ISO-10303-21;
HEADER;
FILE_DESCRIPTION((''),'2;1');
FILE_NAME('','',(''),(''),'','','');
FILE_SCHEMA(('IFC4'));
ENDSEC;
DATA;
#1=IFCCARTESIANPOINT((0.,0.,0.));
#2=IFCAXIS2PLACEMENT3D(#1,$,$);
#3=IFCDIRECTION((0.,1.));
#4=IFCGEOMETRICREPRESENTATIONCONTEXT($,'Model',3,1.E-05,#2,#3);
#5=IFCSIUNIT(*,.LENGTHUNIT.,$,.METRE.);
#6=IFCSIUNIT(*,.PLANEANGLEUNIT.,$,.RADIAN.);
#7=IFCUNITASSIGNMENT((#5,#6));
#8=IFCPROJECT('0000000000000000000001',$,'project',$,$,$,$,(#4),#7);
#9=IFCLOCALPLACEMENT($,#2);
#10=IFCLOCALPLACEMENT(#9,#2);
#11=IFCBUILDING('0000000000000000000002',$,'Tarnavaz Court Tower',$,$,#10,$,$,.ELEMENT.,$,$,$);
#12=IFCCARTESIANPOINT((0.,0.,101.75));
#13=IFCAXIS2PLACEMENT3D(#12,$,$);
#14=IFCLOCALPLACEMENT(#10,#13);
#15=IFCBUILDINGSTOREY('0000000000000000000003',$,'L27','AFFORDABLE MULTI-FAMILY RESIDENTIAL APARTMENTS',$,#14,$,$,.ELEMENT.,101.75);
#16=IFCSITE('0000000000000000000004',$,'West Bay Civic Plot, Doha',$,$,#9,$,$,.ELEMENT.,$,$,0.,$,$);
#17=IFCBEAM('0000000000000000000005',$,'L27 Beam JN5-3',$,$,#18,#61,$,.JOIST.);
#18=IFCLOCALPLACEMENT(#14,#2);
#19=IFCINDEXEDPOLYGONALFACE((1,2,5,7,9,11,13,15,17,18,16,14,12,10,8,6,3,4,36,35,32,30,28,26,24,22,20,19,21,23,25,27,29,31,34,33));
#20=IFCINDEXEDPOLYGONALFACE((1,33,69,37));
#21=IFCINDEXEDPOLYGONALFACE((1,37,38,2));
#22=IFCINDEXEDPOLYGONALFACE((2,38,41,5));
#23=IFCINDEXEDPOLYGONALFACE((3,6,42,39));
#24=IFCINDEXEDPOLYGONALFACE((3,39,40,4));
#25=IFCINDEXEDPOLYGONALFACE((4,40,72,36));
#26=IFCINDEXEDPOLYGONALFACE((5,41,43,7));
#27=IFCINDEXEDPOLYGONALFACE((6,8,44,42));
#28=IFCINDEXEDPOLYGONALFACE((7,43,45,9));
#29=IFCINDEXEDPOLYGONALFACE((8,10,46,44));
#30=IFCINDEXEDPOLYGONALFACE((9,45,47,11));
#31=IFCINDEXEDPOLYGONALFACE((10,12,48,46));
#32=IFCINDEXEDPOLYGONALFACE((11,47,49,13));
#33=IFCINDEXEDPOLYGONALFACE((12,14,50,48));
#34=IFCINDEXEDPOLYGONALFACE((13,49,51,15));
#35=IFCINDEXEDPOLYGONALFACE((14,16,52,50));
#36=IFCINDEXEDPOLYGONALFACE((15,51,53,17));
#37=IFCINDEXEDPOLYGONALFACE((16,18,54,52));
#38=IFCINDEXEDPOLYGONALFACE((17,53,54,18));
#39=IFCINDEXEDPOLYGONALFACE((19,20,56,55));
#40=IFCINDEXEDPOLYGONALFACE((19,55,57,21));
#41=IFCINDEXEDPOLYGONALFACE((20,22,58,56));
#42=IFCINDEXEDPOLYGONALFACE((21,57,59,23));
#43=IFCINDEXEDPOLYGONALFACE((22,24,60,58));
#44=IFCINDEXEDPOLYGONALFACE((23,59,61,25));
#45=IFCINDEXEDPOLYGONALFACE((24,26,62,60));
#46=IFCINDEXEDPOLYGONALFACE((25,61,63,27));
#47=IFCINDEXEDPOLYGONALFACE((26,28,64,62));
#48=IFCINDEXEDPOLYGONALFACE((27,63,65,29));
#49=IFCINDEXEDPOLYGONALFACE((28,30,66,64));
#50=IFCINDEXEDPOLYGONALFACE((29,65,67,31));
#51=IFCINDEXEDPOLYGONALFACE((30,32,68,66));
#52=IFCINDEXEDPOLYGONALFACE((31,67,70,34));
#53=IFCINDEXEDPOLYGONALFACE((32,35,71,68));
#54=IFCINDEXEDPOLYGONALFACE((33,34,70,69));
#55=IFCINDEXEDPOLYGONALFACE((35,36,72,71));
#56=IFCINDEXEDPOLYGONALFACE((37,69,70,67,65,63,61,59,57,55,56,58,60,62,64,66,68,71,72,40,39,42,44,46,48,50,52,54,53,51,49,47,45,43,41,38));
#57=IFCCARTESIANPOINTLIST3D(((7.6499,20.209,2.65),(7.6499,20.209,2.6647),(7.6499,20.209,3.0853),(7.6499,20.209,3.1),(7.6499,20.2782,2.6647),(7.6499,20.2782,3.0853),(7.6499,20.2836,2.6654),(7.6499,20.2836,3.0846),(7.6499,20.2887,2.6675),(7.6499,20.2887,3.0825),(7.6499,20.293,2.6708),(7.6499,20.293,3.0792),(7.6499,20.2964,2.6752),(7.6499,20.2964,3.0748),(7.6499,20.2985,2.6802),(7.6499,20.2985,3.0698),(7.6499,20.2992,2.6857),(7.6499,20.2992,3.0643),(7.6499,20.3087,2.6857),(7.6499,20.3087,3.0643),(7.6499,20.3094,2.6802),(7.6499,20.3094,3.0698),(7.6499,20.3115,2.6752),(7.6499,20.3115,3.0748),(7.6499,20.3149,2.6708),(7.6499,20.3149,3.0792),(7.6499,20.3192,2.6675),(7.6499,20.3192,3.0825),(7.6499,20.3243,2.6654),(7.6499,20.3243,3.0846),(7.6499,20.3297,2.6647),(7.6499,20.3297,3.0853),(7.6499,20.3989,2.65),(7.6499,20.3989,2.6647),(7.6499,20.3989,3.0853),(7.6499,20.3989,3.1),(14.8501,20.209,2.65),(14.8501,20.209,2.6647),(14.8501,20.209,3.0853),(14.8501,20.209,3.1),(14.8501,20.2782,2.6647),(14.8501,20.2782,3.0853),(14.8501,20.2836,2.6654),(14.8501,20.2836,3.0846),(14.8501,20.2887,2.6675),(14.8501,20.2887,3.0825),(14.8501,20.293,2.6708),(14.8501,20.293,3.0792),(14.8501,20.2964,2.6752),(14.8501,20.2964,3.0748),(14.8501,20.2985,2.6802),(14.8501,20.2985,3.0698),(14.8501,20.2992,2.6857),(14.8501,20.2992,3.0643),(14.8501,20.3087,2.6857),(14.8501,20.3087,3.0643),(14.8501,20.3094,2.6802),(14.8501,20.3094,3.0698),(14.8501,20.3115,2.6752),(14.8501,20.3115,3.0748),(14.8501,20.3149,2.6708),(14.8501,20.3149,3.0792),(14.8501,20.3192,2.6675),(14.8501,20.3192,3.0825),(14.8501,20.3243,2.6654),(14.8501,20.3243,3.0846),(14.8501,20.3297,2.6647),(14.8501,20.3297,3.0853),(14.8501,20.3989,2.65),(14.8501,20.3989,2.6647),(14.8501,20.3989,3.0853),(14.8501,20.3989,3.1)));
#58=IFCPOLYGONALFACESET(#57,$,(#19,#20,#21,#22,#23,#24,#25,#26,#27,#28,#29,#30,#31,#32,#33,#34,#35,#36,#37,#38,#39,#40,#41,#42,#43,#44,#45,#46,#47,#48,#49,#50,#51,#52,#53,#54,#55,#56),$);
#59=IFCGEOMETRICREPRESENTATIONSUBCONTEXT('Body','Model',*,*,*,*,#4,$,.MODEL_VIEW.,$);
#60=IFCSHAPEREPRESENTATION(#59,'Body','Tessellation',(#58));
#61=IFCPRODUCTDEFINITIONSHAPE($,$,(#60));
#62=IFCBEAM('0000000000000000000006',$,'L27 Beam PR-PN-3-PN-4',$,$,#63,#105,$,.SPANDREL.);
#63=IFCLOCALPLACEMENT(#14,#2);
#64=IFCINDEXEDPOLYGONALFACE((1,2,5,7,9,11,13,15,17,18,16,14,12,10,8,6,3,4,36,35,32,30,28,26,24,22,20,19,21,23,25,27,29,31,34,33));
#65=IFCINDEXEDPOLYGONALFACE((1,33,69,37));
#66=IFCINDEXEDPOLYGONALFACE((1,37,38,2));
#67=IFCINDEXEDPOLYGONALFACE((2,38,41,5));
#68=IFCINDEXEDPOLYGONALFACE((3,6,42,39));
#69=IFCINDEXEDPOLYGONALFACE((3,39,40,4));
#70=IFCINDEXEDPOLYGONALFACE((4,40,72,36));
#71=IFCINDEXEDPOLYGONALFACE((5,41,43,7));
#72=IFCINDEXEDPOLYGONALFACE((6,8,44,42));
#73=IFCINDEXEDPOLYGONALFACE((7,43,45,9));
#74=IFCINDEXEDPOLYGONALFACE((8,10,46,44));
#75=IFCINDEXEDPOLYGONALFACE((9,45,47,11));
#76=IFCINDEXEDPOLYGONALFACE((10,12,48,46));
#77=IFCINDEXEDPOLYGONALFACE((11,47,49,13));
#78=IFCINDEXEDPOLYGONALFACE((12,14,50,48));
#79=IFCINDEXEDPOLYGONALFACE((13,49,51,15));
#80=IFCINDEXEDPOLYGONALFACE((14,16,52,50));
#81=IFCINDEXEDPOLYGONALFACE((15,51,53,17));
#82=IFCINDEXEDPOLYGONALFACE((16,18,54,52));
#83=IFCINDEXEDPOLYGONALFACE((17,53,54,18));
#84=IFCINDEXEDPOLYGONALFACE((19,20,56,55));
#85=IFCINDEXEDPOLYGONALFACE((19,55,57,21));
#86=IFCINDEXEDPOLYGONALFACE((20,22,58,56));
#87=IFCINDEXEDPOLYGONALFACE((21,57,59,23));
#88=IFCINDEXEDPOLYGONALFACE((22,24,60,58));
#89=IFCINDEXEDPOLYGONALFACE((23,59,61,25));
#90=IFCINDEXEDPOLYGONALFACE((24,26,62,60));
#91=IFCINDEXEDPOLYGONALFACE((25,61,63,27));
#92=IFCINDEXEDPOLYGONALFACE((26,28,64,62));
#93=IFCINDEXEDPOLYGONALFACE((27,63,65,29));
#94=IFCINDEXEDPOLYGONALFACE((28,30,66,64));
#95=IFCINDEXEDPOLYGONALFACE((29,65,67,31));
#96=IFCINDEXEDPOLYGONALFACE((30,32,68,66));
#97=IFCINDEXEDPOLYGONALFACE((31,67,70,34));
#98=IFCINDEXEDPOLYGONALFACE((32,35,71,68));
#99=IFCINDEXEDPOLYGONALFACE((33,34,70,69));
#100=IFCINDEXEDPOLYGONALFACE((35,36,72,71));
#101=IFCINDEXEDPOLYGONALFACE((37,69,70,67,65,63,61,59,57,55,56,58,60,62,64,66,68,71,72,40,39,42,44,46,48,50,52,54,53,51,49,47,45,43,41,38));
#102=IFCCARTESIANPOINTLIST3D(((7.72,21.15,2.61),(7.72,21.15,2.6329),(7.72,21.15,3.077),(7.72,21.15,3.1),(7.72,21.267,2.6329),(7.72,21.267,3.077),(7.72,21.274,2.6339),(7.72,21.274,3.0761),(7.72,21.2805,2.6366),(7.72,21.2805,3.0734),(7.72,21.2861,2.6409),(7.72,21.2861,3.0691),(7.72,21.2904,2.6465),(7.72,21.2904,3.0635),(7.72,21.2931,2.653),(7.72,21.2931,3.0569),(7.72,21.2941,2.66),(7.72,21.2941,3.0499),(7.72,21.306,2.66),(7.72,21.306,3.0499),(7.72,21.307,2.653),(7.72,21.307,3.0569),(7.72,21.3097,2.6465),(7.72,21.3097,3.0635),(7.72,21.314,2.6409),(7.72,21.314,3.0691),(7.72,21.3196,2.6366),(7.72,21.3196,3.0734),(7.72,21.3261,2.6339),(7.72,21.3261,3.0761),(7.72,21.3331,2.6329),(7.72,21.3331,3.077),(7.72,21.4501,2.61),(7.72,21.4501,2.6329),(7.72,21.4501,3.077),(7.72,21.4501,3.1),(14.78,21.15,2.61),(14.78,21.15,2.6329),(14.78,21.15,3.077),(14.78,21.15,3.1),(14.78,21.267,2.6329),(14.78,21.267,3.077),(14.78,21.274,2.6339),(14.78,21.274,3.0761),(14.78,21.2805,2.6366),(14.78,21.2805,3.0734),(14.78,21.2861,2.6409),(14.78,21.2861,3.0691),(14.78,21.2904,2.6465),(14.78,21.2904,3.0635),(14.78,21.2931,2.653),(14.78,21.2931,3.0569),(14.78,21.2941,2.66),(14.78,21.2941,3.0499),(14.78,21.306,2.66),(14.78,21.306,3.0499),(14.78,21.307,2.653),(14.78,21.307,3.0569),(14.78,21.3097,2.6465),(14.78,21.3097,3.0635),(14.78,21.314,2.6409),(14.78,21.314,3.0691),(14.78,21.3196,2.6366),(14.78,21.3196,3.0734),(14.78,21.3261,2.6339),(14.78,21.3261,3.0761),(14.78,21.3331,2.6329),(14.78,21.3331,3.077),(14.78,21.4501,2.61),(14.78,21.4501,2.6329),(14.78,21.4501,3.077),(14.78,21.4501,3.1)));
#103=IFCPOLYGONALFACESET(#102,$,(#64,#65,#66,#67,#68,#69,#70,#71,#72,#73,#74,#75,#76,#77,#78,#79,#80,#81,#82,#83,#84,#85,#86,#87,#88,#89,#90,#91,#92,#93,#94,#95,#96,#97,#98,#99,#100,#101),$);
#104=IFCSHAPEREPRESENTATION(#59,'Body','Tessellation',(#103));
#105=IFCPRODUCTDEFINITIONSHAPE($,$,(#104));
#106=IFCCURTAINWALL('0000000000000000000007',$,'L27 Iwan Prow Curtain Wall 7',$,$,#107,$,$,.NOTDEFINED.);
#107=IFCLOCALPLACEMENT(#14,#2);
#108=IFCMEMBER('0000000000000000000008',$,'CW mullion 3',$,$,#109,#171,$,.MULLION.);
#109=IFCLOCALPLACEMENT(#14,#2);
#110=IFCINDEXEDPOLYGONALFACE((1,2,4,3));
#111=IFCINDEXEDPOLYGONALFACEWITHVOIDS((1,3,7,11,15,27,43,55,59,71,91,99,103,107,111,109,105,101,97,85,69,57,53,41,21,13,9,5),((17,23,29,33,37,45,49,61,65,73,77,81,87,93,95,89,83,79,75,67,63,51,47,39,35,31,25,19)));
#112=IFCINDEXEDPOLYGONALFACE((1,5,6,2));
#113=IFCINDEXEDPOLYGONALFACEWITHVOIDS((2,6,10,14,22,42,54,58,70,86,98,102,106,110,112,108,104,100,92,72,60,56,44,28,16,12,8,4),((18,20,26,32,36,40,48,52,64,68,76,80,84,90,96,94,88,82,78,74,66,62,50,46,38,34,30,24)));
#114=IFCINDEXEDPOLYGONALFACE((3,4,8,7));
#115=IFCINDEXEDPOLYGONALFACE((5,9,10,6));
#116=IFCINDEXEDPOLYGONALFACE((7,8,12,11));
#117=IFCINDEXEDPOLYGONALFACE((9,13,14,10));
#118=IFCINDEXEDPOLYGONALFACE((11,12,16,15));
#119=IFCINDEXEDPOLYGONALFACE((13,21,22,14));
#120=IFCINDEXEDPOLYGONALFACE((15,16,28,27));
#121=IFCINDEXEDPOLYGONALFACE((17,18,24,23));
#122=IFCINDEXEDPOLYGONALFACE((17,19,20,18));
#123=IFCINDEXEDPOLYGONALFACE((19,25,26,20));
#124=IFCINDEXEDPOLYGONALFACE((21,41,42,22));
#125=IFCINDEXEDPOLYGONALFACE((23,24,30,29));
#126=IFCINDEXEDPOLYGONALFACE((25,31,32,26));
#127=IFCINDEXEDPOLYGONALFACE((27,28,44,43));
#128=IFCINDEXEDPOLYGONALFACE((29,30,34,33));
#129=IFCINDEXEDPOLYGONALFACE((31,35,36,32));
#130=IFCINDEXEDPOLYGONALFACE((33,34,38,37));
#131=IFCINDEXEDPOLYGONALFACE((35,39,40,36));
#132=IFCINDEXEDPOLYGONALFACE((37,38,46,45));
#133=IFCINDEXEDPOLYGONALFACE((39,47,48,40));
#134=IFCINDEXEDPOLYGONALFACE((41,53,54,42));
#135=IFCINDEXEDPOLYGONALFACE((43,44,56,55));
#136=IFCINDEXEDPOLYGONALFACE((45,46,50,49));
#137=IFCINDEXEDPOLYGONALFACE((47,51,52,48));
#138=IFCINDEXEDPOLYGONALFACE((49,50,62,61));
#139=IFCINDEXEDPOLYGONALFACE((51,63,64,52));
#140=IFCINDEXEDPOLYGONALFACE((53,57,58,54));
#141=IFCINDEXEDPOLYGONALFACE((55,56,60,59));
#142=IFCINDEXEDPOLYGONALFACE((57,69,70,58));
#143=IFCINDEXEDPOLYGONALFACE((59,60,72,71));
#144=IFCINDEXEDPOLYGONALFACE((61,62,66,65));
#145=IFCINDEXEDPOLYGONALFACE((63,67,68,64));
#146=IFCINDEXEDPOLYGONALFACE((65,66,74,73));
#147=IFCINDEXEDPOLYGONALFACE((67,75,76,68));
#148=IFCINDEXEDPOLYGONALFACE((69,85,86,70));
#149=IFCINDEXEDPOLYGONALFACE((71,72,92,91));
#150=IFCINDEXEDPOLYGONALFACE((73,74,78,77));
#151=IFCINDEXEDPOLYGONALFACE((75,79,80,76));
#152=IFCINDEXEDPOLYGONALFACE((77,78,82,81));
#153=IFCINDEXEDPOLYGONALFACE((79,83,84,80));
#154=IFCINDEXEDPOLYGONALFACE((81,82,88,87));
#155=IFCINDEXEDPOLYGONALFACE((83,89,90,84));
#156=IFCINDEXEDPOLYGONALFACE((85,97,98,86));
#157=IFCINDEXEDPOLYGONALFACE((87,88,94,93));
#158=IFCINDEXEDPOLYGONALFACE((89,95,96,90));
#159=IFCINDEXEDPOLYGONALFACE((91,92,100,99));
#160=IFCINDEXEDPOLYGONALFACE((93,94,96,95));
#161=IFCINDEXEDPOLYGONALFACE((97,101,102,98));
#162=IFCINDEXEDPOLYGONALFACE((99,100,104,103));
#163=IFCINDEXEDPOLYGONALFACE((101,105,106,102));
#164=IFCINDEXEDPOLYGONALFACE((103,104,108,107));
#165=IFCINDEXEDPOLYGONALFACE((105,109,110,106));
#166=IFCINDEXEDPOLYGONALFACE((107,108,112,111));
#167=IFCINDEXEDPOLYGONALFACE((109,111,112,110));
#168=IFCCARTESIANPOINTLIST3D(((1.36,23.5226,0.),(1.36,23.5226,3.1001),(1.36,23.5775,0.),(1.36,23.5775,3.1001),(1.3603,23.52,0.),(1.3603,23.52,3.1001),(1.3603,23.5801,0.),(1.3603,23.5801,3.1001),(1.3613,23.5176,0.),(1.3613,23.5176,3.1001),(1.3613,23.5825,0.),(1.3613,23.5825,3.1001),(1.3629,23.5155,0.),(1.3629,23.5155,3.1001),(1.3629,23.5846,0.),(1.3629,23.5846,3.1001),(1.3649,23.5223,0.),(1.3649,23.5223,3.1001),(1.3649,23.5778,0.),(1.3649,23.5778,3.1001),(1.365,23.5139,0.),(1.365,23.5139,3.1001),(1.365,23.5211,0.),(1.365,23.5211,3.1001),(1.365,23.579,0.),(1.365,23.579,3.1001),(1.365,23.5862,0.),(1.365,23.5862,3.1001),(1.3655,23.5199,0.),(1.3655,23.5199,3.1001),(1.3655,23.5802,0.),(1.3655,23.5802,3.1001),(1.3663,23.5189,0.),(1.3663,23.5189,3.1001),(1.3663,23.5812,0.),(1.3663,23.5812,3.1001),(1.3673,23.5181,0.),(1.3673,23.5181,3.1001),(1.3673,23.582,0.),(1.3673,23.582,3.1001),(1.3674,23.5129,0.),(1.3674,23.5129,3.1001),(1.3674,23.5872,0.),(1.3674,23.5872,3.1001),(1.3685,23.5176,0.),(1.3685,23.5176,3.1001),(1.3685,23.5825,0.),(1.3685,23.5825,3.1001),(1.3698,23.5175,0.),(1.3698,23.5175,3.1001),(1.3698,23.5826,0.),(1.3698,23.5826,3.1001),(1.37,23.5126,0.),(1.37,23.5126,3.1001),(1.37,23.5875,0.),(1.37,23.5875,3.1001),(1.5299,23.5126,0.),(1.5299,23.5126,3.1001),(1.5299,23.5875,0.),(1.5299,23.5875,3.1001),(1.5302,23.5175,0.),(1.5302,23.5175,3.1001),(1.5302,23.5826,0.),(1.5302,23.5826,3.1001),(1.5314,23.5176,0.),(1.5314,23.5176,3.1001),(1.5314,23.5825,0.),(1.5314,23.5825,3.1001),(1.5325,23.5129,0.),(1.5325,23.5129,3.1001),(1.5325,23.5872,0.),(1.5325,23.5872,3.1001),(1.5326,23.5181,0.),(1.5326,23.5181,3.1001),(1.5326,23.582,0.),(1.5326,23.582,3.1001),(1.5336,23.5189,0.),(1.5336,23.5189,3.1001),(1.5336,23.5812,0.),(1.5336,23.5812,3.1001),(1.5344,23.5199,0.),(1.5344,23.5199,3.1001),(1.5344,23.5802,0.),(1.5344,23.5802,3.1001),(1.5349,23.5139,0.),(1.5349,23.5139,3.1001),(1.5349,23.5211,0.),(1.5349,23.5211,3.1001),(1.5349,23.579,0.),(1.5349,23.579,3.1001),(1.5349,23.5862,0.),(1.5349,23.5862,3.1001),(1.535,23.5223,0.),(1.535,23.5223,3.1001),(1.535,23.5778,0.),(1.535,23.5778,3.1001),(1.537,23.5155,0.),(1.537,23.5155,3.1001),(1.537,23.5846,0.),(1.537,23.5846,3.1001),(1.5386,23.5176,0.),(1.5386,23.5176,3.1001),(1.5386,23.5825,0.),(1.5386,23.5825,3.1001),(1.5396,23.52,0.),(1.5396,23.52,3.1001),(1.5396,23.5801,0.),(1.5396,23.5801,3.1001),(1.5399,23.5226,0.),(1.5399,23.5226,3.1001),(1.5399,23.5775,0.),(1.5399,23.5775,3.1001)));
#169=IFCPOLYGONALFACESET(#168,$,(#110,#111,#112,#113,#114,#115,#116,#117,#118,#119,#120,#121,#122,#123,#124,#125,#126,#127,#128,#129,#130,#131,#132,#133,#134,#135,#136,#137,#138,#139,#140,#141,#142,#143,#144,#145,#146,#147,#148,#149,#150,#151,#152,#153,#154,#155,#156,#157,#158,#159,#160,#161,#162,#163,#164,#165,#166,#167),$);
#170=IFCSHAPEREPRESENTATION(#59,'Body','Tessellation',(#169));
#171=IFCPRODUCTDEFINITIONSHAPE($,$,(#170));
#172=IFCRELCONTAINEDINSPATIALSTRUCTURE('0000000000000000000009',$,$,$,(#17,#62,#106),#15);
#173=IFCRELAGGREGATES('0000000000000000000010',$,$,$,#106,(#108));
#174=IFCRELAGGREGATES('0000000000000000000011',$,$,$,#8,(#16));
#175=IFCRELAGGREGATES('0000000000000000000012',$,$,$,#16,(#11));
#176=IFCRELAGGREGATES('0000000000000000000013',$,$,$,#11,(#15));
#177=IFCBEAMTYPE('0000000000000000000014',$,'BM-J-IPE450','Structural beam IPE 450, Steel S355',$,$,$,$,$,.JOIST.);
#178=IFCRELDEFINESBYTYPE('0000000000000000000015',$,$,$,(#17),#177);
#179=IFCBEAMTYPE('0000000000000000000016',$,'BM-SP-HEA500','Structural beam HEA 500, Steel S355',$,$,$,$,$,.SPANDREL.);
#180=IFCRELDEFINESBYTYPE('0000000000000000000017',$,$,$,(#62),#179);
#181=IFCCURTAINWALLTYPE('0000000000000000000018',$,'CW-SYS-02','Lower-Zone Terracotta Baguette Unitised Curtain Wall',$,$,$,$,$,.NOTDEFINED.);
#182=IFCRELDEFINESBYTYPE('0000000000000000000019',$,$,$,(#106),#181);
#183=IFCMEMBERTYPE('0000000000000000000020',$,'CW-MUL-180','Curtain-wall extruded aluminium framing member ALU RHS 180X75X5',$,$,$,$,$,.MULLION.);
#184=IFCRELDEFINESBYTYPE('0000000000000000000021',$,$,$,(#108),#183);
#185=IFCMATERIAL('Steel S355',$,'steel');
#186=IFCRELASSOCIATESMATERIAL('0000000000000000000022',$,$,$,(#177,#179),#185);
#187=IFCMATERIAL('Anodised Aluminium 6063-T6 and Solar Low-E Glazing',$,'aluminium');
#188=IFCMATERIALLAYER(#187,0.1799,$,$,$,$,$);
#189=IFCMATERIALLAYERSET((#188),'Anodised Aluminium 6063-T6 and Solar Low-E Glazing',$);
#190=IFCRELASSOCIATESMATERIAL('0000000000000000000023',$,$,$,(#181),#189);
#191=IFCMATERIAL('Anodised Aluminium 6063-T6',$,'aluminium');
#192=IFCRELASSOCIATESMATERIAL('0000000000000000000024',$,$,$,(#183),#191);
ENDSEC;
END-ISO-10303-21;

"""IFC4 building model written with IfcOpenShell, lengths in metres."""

from ifc_helpers import new_model, si_unit, direction, frame, origin, origin_2d, place, context, subcontext, project, spatial, hollow_rectangle, i_section, extrude, material, layer, layer_set, material_profile, profile_set, type_object, element, aggregate, save


model = new_model("IFC4")

# Units and contexts
model_context = context("Model", 3, precision=1e-05, world=origin(), true_north=direction((0.0, 1.0)))
body_context = subcontext(model_context, "Body", "Model", "MODEL_VIEW")
ifc_project = project(units=[si_unit("LENGTHUNIT", "METRE"), si_unit("PLANEANGLEUNIT", "RADIAN")], contexts=[model_context])

# Site, building, storey
site_placement = place(None, origin())
site = spatial("IfcSite", under=ifc_project, at=site_placement, Name="West Bay Civic Plot, Doha", CompositionType="ELEMENT", RefElevation=0.0)
building_placement = place(site_placement, origin())
building = spatial("IfcBuilding", under=site, at=building_placement, Name="Tarnavaz Court Tower", CompositionType="ELEMENT")
storey_placement = place(building_placement, frame((0.0, 0.0, 101.75)))
storey = spatial("IfcBuildingStorey", under=building, at=storey_placement, Name="L27", Description="AFFORDABLE MULTI-FAMILY RESIDENTIAL APARTMENTS", CompositionType="ELEMENT", Elevation=101.75)

# Beams
ifc_material_1 = material(Name="Steel S355", Category="steel")
ifc_material_profile_1 = material_profile(ifc_material_1, i_section(OverallWidth=0.1899, OverallDepth=0.45, WebThickness=0.0095, FlangeThickness=0.0146, FilletRadius=0.021, at=origin_2d()), Name="IPE 450")
ifc_profile_set_1 = profile_set([ifc_material_profile_1], Name="Steel S355")
beam_type_1 = type_object("IfcBeamType", Name="BM-J-IPE450", Description="Structural beam IPE 450, Steel S355", PredefinedType="JOIST", material=ifc_profile_set_1)
for number, where, z_axis, x_axis, name in (
    (1, (7.6499, 20.304, 2.875), (1.0, 0.0, 0.0), (0.0, 1.0, 0.0), "L27 Beam JN5-3"),
):
    element("IfcBeam", number, at=place(storey_placement, frame(where, z_axis=z_axis, x_axis=x_axis)), inside=storey, type_object=beam_type_1, Name=name, PredefinedType="JOIST", context=body_context, shape_type="SweptSolid", body=[
        extrude(i_section(OverallWidth=0.1899, OverallDepth=0.45, WebThickness=0.0095, FlangeThickness=0.0146, FilletRadius=0.021, at=origin_2d()), origin(), (0.0, 0.0, 1.0), 7.2002),
    ])
ifc_material_profile_2 = material_profile(ifc_material_1, i_section(OverallWidth=0.3, OverallDepth=0.49, WebThickness=0.012, FlangeThickness=0.0229, FilletRadius=0.0271, at=origin_2d()), Name="HEA 500")
ifc_profile_set_2 = profile_set([ifc_material_profile_2], Name="Steel S355")
beam_type_2 = type_object("IfcBeamType", Name="BM-SP-HEA500", Description="Structural beam HEA 500, Steel S355", PredefinedType="SPANDREL", material=ifc_profile_set_2)
beam_placement = place(storey_placement, frame((7.72, 21.3, 2.855), z_axis=(1.0, 0.0, 0.0), x_axis=(0.0, 1.0, 0.0)))
element("IfcBeam", 2, at=beam_placement, inside=storey, type_object=beam_type_2, Name="L27 Beam PR-PN-3-PN-4", PredefinedType="SPANDREL", context=body_context, shape_type="SweptSolid", body=[
    extrude(i_section(OverallWidth=0.3, OverallDepth=0.49, WebThickness=0.012, FlangeThickness=0.0229, FilletRadius=0.0271, at=origin_2d()), origin(), (0.0, 0.0, 1.0), 7.0601),
])

# Curtain wall, member
ifc_material_2 = material(Name="Anodised Aluminium 6063-T6 and Solar Low-E Glazing", Category="aluminium")
ifc_layer_1 = layer(ifc_material_2, 0.1799)
ifc_layer_set_1 = layer_set([ifc_layer_1], Name="Anodised Aluminium 6063-T6 and Solar Low-E Glazing")
curtain_wall_type = type_object("IfcCurtainWallType", Name="CW-SYS-02", Description="Lower-Zone Terracotta Baguette Unitised Curtain Wall", PredefinedType="NOTDEFINED", material=ifc_layer_set_1)
curtain_wall_placement = place(storey_placement, origin())
curtain_wall = element("IfcCurtainWall", 3, at=curtain_wall_placement, inside=storey, type_object=curtain_wall_type, Name="L27 Iwan Prow Curtain Wall 7", PredefinedType="NOTDEFINED")
ifc_material_3 = material(Name="Anodised Aluminium 6063-T6", Category="aluminium")
ifc_material_profile_3 = material_profile(ifc_material_3, hollow_rectangle(XDim=0.075, YDim=0.1799, WallThickness=0.0049, InnerFilletRadius=0.0049, OuterFilletRadius=0.01, at=origin_2d()), Name="ALU RHS 180X75X5")
ifc_profile_set_3 = profile_set([ifc_material_profile_3], Name="Anodised Aluminium 6063-T6")
member_type_1 = type_object("IfcMemberType", Name="CW-MUL-180", Description="Curtain-wall extruded aluminium framing member ALU RHS 180X75X5", PredefinedType="MULLION", material=ifc_profile_set_3)
member_1_placement = place(storey_placement, frame((1.45, 23.55, 0.0), z_axis=(0.0, 0.0, 1.0), x_axis=(0.0, 1.0, 0.0)))
member_1 = element("IfcMember", 4, at=member_1_placement, type_object=member_type_1, Name="CW mullion 3", PredefinedType="MULLION", context=body_context, shape_type="SweptSolid", body=[
    extrude(hollow_rectangle(XDim=0.075, YDim=0.1799, WallThickness=0.0049, InnerFilletRadius=0.0049, OuterFilletRadius=0.01, at=origin_2d()), origin(), (0.0, 0.0, 1.0), 3.1001),
])
aggregate(curtain_wall, [member_1])

save(model, "model.ifc")
